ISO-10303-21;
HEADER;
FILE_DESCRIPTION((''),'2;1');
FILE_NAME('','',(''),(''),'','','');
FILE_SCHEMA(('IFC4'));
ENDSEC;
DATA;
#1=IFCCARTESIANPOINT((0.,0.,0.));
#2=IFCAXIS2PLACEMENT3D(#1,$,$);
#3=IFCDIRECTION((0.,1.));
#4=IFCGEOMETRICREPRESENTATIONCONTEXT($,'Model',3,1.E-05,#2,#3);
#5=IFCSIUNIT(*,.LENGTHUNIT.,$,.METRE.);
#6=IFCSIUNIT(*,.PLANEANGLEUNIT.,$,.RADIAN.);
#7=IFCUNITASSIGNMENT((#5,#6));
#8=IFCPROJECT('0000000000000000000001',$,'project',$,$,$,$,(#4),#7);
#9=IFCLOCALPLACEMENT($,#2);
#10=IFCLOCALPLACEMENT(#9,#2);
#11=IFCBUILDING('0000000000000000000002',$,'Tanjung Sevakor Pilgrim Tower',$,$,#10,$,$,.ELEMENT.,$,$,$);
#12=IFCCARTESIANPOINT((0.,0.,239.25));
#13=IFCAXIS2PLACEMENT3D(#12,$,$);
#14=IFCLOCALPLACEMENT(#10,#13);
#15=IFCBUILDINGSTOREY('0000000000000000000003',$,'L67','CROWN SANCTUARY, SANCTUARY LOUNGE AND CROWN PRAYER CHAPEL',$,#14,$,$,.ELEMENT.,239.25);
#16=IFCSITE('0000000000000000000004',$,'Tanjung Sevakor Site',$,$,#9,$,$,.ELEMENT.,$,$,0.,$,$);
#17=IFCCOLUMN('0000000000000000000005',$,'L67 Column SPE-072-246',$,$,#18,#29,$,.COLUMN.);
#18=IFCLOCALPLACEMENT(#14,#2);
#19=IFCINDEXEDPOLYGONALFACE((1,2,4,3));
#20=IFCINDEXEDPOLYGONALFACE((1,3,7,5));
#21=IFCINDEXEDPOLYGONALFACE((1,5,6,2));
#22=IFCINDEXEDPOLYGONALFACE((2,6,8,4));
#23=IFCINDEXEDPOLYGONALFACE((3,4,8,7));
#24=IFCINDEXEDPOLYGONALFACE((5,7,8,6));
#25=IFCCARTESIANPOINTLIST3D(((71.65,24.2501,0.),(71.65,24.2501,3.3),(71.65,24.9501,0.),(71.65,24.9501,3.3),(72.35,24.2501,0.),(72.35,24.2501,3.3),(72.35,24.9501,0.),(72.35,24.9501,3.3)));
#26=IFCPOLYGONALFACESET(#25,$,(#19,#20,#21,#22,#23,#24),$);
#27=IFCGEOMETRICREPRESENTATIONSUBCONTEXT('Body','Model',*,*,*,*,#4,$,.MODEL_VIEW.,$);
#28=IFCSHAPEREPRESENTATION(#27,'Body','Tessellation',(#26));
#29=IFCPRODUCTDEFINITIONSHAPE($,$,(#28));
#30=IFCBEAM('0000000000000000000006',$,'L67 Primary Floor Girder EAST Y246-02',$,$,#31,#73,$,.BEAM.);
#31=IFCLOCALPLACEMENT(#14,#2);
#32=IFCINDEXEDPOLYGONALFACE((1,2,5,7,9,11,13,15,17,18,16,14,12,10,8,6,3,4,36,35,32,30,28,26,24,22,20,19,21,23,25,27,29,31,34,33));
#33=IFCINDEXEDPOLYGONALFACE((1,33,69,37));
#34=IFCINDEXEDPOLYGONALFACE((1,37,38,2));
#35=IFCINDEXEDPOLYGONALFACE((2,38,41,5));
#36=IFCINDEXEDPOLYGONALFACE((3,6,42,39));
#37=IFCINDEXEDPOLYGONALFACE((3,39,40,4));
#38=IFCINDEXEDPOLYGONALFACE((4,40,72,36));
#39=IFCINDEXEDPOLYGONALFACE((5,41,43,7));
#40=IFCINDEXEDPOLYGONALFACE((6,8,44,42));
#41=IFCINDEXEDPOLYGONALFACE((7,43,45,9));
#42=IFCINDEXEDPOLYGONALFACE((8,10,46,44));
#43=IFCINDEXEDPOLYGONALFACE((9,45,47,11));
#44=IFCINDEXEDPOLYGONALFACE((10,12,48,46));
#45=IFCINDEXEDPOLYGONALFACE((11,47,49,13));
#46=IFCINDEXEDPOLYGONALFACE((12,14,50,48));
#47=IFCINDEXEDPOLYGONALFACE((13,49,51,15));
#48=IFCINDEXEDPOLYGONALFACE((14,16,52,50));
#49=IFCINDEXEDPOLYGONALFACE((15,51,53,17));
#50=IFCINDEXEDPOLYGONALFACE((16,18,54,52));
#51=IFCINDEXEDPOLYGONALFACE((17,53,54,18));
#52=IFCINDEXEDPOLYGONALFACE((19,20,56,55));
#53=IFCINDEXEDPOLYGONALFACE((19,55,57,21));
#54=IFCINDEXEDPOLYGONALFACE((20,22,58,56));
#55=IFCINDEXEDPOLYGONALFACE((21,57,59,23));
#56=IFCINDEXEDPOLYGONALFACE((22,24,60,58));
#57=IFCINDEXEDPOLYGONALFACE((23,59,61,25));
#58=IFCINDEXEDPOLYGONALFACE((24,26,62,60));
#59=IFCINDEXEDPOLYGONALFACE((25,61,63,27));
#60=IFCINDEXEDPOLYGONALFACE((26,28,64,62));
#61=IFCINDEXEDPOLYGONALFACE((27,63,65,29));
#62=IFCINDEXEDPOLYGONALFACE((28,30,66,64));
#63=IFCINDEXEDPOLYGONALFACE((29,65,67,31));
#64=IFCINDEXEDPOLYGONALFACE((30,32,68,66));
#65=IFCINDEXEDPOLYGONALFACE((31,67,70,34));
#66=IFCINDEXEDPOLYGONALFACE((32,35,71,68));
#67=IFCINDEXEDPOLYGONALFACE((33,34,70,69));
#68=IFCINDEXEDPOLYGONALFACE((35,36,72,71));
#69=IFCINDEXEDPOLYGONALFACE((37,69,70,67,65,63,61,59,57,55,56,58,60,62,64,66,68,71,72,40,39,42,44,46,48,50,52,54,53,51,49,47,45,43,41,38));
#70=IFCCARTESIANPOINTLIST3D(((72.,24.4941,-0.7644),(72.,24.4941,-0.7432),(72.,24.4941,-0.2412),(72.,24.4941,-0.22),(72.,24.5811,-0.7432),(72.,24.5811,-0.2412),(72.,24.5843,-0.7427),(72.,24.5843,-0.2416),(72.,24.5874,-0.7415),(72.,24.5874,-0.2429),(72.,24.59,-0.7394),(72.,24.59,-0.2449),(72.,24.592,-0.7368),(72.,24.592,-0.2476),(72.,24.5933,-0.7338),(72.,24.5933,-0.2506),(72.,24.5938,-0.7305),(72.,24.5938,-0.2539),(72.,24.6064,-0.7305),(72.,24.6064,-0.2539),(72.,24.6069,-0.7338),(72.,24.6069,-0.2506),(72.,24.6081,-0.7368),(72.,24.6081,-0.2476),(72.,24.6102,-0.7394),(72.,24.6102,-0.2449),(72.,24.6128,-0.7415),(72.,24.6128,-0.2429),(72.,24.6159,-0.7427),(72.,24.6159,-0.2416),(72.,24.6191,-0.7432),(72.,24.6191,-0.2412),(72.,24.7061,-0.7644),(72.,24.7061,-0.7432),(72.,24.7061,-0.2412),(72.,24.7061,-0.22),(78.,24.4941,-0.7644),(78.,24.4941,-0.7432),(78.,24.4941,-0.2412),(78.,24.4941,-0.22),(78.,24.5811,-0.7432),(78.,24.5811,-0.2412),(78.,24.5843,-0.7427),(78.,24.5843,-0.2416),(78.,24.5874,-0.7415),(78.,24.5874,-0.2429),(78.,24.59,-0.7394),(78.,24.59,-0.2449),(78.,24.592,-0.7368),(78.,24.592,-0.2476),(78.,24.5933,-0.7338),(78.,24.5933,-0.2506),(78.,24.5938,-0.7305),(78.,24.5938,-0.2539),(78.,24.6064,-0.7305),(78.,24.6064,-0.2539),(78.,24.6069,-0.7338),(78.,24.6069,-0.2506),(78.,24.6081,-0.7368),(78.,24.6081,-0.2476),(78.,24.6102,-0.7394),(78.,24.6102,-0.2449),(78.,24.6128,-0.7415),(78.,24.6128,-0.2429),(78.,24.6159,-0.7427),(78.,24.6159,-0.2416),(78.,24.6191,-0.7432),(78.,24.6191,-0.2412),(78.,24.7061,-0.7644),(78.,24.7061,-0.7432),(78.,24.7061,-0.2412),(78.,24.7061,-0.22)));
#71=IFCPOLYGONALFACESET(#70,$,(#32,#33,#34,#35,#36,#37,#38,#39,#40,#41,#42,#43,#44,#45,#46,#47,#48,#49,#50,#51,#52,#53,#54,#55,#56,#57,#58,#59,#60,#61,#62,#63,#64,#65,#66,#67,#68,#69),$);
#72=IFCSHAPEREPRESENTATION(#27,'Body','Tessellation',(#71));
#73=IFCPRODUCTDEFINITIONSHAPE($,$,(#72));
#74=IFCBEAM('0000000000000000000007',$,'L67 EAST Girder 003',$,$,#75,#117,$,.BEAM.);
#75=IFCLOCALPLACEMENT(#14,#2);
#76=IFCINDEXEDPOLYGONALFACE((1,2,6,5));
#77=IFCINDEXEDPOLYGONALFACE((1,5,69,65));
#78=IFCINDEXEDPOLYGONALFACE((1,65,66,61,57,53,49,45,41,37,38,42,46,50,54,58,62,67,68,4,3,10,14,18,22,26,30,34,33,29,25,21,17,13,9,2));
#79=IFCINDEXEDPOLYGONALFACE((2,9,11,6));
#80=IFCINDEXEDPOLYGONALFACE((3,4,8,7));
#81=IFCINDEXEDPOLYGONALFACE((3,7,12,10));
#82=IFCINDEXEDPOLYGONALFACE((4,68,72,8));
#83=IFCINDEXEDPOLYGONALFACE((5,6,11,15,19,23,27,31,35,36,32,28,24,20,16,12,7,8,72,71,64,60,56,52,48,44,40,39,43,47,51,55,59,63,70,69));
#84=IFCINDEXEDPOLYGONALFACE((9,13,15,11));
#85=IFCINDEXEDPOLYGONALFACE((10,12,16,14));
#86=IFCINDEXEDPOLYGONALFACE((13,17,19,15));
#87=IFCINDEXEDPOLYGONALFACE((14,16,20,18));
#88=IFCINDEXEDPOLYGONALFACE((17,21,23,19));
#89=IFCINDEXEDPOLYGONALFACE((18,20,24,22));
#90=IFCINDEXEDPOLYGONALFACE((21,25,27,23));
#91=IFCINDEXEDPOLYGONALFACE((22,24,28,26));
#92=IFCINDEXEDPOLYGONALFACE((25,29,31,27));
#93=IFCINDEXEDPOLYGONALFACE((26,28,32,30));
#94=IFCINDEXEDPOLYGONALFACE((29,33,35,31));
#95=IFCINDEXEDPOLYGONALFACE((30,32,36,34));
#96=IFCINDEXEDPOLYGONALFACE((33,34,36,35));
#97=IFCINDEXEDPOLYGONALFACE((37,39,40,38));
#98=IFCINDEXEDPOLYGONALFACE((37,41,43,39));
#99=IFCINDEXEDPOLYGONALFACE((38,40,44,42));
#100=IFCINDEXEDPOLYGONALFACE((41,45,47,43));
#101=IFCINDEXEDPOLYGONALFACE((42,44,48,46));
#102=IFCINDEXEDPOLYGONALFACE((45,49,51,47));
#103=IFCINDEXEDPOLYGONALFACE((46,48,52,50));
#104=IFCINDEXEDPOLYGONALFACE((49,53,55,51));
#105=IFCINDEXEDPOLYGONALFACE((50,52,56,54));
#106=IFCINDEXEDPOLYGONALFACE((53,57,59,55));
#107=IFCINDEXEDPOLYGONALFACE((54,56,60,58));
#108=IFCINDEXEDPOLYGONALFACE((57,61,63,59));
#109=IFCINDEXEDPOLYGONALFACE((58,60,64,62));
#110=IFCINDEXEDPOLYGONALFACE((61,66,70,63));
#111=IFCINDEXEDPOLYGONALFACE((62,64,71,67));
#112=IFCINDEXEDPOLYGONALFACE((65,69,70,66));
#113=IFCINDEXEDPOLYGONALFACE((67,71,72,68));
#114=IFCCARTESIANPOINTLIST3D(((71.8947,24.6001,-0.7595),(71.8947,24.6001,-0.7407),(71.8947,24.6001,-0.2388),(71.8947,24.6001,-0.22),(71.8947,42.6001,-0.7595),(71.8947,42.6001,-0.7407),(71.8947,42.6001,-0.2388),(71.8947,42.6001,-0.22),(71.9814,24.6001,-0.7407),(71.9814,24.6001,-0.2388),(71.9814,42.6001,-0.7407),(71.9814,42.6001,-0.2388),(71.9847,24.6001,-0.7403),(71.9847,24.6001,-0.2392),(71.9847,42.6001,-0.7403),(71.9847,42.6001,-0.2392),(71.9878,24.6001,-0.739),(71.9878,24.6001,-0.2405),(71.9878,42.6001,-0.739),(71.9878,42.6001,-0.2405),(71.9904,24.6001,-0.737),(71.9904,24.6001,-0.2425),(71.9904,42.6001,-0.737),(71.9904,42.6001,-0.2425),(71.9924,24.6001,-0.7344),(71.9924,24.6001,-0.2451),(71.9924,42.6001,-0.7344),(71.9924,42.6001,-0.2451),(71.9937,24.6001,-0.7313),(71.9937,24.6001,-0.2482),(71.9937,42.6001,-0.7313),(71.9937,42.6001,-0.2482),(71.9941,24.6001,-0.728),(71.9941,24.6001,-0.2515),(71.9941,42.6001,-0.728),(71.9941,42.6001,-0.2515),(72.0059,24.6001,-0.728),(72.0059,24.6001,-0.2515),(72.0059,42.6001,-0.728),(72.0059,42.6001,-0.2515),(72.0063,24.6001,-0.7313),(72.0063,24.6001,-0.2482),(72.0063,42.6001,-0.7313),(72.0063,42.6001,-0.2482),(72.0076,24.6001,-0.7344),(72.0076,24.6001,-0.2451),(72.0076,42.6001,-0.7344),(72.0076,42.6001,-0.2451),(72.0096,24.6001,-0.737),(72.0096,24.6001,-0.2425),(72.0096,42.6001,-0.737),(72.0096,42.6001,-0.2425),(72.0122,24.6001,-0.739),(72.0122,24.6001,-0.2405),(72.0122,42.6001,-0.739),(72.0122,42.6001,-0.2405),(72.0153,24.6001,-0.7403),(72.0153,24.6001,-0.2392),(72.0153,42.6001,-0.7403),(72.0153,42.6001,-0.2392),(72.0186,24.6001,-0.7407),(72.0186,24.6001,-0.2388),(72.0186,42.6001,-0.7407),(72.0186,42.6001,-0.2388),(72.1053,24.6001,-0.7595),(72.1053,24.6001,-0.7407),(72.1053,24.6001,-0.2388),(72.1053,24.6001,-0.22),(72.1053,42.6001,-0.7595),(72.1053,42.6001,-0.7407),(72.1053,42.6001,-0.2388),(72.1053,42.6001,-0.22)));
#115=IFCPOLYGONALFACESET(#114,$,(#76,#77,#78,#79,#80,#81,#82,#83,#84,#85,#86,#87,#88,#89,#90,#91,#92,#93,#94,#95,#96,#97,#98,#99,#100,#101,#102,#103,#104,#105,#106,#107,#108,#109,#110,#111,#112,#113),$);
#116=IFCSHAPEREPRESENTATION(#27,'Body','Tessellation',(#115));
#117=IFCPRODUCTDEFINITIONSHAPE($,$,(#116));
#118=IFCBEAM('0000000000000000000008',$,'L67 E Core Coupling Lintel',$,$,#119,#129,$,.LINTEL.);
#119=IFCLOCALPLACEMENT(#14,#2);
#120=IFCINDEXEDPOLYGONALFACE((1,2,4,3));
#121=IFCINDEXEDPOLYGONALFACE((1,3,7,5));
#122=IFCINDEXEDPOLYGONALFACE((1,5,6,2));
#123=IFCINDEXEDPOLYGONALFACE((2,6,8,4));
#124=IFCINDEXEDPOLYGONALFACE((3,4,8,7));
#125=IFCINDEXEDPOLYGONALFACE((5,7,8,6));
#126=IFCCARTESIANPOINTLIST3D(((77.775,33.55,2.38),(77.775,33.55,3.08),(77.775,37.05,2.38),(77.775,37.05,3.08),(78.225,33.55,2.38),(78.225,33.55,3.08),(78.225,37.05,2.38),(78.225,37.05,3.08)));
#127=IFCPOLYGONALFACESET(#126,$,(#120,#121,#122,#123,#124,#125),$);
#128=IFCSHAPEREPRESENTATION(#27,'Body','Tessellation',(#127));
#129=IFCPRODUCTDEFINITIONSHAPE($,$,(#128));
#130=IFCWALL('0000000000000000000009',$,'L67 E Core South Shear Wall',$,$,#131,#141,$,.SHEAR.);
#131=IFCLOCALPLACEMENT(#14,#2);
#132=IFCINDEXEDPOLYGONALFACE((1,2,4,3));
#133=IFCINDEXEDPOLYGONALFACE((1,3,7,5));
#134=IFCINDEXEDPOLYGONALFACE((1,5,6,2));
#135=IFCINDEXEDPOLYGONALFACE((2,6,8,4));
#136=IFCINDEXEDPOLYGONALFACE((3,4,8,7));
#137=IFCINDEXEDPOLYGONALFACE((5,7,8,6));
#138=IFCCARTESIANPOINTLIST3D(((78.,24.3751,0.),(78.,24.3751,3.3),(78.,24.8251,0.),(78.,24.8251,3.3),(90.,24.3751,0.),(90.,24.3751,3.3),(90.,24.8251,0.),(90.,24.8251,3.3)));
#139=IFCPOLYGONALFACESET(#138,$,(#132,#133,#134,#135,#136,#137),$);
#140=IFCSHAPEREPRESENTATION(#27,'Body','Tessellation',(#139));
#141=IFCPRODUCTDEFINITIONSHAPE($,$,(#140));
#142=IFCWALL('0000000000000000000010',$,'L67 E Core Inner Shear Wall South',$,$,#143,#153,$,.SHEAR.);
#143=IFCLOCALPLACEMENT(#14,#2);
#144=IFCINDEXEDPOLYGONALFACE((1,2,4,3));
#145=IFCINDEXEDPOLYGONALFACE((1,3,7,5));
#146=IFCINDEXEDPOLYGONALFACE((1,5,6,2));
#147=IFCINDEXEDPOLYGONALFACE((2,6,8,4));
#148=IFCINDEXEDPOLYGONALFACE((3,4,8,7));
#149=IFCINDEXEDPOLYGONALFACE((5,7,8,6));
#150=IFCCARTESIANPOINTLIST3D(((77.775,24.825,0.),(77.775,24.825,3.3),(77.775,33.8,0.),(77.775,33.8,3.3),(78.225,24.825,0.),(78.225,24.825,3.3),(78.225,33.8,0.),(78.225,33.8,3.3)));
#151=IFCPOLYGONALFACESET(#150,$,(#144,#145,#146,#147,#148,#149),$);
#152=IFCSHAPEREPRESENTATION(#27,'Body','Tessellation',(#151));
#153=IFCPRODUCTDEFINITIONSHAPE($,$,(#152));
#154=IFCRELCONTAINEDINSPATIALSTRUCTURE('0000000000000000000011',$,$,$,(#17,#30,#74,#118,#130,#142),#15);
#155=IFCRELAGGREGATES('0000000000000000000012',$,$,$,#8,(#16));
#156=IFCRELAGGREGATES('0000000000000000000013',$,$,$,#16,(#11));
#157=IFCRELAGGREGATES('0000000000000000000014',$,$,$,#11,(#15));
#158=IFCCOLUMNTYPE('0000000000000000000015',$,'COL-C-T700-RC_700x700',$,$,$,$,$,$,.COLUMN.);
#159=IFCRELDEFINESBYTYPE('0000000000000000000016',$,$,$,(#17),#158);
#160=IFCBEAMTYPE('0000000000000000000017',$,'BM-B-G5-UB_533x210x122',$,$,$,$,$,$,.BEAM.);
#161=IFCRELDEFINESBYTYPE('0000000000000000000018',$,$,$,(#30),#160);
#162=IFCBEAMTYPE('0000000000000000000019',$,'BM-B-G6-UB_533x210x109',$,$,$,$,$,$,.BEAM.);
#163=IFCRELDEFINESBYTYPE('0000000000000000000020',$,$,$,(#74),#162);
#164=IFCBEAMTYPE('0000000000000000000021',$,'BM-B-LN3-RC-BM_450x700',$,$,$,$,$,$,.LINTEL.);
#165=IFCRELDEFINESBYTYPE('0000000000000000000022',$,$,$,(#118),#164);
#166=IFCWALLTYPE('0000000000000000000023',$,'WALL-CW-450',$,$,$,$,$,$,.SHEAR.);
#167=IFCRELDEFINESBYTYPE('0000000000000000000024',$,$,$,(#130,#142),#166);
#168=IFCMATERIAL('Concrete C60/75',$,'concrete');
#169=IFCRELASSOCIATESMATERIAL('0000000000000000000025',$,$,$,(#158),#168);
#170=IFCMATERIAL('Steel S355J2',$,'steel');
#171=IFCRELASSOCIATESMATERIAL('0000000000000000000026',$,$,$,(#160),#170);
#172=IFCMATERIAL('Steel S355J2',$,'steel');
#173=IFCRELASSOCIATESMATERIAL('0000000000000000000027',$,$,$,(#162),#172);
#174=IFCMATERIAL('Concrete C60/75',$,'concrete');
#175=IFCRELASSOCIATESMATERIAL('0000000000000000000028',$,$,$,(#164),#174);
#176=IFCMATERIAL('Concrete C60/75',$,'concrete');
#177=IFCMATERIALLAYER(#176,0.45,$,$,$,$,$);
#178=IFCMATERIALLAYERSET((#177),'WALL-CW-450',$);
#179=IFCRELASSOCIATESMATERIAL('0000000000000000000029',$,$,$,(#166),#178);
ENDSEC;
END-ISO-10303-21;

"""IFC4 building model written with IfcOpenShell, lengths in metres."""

from ifc_helpers import new_model, si_unit, direction, frame, frame_2d, origin, origin_2d, place, context, subcontext, project, spatial, rectangle, i_section, extrude, material, layer, layer_set, material_profile, profile_set, type_object, element, save


model = new_model("IFC4")

# Units and contexts
model_context = context("Model", 3, precision=1e-05, world=origin(), true_north=direction((0.0, 1.0)))
body_context = subcontext(model_context, "Body", "Model", "MODEL_VIEW")
ifc_project = project(units=[si_unit("LENGTHUNIT", "METRE"), si_unit("PLANEANGLEUNIT", "RADIAN")], contexts=[model_context])

# Site, building, storey
site_placement = place(None, origin())
site = spatial("IfcSite", under=ifc_project, at=site_placement, Name="Tanjung Sevakor Site", CompositionType="ELEMENT", RefElevation=0.0)
building_placement = place(site_placement, origin())
building = spatial("IfcBuilding", under=site, at=building_placement, Name="Tanjung Sevakor Pilgrim Tower", CompositionType="ELEMENT")
storey_placement = place(building_placement, frame((0.0, 0.0, 239.25)))
storey = spatial("IfcBuildingStorey", under=building, at=storey_placement, Name="L67", Description="CROWN SANCTUARY, SANCTUARY LOUNGE AND CROWN PRAYER CHAPEL", CompositionType="ELEMENT", Elevation=239.25)

# Column
ifc_material_1 = material(Name="Concrete C60/75", Category="concrete")
ifc_material_profile_1 = material_profile(ifc_material_1, rectangle(XDim=0.7, YDim=0.7, at=origin_2d()))
ifc_profile_set_1 = profile_set([ifc_material_profile_1], Name="Concrete C60/75")
column_type = type_object("IfcColumnType", Name="COL-C-T700-RC_700x700", PredefinedType="COLUMN", material=ifc_profile_set_1)
column_placement = place(storey_placement, frame((72.0, 24.6001, 0.0), z_axis=(0.0, 0.0, 1.0), x_axis=(1.0, 0.0, 0.0)))
element("IfcColumn", 1, at=column_placement, inside=storey, type_object=column_type, Name="L67 Column SPE-072-246", PredefinedType="COLUMN", context=body_context, shape_type="SweptSolid", body=[
    extrude(rectangle(XDim=0.7, YDim=0.7, at=origin_2d()), origin(), (0.0, 0.0, 1.0), 3.3),
])

# Beams
ifc_material_2 = material(Name="Steel S355J2", Category="steel")
ifc_material_profile_2 = material_profile(ifc_material_2, i_section(OverallWidth=0.2119, OverallDepth=0.5444, WebThickness=0.0127, FlangeThickness=0.0212, FilletRadius=0.0127, at=origin_2d()))
ifc_profile_set_2 = profile_set([ifc_material_profile_2], Name="Steel S355J2")
beam_type_1 = type_object("IfcBeamType", Name="BM-B-G5-UB_533x210x122", PredefinedType="BEAM", material=ifc_profile_set_2)
beam_1_placement = place(storey_placement, frame((72.0, 24.6001, -0.4922), z_axis=(1.0, 0.0, 0.0), x_axis=(0.0, 1.0, 0.0)))
element("IfcBeam", 2, at=beam_1_placement, inside=storey, type_object=beam_type_1, Name="L67 Primary Floor Girder EAST Y246-02", PredefinedType="BEAM", context=body_context, shape_type="SweptSolid", body=[
    extrude(i_section(OverallWidth=0.2119, OverallDepth=0.5444, WebThickness=0.0127, FlangeThickness=0.0212, FilletRadius=0.0127, at=origin_2d()), origin(), (0.0, 0.0, 1.0), 6.0),
])
ifc_material_3 = material(Name="Steel S355J2", Category="steel")
ifc_material_profile_3 = material_profile(ifc_material_3, i_section(OverallWidth=0.2107, OverallDepth=0.5396, WebThickness=0.0117, FlangeThickness=0.0188, FilletRadius=0.0127, at=origin_2d()))
ifc_profile_set_3 = profile_set([ifc_material_profile_3], Name="Steel S355J2")
beam_type_2 = type_object("IfcBeamType", Name="BM-B-G6-UB_533x210x109", PredefinedType="BEAM", material=ifc_profile_set_3)
beam_2_placement = place(storey_placement, frame((72.0, 24.6001, -0.4897), z_axis=(0.0, 1.0, 0.0), x_axis=(-1.0, 0.0, 0.0)))
element("IfcBeam", 3, at=beam_2_placement, inside=storey, type_object=beam_type_2, Name="L67 EAST Girder 003", PredefinedType="BEAM", context=body_context, shape_type="SweptSolid", body=[
    extrude(i_section(OverallWidth=0.2107, OverallDepth=0.5396, WebThickness=0.0117, FlangeThickness=0.0188, FilletRadius=0.0127, at=origin_2d()), origin(), (0.0, 0.0, 1.0), 18.0),
])
ifc_material_4 = material(Name="Concrete C60/75", Category="concrete")
ifc_material_profile_4 = material_profile(ifc_material_4, rectangle(XDim=0.45, YDim=0.7, at=origin_2d()))
ifc_profile_set_4 = profile_set([ifc_material_profile_4], Name="Concrete C60/75")
beam_type_3 = type_object("IfcBeamType", Name="BM-B-LN3-RC-BM_450x700", PredefinedType="LINTEL", material=ifc_profile_set_4)
beam_3_placement = place(storey_placement, frame((78.0, 33.55, 2.73), z_axis=(0.0, 1.0, 0.0), x_axis=(-1.0, 0.0, 0.0)))
element("IfcBeam", 4, at=beam_3_placement, inside=storey, type_object=beam_type_3, Name="L67 E Core Coupling Lintel", PredefinedType="LINTEL", context=body_context, shape_type="SweptSolid", body=[
    extrude(rectangle(XDim=0.45, YDim=0.7, at=origin_2d()), origin(), (0.0, 0.0, 1.0), 3.5),
])

# Walls
ifc_material_5 = material(Name="Concrete C60/75", Category="concrete")
ifc_layer_1 = layer(ifc_material_5, 0.45)
ifc_layer_set_1 = layer_set([ifc_layer_1], Name="WALL-CW-450")
wall_type_1 = type_object("IfcWallType", Name="WALL-CW-450", PredefinedType="SHEAR", material=ifc_layer_set_1)
wall_1_placement = place(storey_placement, frame((78.0, 24.6001, 0.0), z_axis=(0.0, 0.0, 1.0), x_axis=(1.0, 0.0, 0.0)))
element("IfcWall", 5, at=wall_1_placement, inside=storey, type_object=wall_type_1, Name="L67 E Core South Shear Wall", PredefinedType="SHEAR", context=body_context, shape_type="SweptSolid", body=[
    extrude(rectangle(XDim=12.0, YDim=0.45, at=frame_2d((6.0, 0.0))), origin(), (0.0, 0.0, 1.0), 3.3),
])
wall_2_placement = place(storey_placement, frame((78.0, 24.825, 0.0), z_axis=(0.0, 0.0, 1.0), x_axis=(0.0, 1.0, 0.0)))
element("IfcWall", 6, at=wall_2_placement, inside=storey, type_object=wall_type_1, Name="L67 E Core Inner Shear Wall South", PredefinedType="SHEAR", context=body_context, shape_type="SweptSolid", body=[
    extrude(rectangle(XDim=8.9751, YDim=0.45, at=frame_2d((4.4875, 0.0))), origin(), (0.0, 0.0, 1.0), 3.3),
])

save(model, "model.ifc")
